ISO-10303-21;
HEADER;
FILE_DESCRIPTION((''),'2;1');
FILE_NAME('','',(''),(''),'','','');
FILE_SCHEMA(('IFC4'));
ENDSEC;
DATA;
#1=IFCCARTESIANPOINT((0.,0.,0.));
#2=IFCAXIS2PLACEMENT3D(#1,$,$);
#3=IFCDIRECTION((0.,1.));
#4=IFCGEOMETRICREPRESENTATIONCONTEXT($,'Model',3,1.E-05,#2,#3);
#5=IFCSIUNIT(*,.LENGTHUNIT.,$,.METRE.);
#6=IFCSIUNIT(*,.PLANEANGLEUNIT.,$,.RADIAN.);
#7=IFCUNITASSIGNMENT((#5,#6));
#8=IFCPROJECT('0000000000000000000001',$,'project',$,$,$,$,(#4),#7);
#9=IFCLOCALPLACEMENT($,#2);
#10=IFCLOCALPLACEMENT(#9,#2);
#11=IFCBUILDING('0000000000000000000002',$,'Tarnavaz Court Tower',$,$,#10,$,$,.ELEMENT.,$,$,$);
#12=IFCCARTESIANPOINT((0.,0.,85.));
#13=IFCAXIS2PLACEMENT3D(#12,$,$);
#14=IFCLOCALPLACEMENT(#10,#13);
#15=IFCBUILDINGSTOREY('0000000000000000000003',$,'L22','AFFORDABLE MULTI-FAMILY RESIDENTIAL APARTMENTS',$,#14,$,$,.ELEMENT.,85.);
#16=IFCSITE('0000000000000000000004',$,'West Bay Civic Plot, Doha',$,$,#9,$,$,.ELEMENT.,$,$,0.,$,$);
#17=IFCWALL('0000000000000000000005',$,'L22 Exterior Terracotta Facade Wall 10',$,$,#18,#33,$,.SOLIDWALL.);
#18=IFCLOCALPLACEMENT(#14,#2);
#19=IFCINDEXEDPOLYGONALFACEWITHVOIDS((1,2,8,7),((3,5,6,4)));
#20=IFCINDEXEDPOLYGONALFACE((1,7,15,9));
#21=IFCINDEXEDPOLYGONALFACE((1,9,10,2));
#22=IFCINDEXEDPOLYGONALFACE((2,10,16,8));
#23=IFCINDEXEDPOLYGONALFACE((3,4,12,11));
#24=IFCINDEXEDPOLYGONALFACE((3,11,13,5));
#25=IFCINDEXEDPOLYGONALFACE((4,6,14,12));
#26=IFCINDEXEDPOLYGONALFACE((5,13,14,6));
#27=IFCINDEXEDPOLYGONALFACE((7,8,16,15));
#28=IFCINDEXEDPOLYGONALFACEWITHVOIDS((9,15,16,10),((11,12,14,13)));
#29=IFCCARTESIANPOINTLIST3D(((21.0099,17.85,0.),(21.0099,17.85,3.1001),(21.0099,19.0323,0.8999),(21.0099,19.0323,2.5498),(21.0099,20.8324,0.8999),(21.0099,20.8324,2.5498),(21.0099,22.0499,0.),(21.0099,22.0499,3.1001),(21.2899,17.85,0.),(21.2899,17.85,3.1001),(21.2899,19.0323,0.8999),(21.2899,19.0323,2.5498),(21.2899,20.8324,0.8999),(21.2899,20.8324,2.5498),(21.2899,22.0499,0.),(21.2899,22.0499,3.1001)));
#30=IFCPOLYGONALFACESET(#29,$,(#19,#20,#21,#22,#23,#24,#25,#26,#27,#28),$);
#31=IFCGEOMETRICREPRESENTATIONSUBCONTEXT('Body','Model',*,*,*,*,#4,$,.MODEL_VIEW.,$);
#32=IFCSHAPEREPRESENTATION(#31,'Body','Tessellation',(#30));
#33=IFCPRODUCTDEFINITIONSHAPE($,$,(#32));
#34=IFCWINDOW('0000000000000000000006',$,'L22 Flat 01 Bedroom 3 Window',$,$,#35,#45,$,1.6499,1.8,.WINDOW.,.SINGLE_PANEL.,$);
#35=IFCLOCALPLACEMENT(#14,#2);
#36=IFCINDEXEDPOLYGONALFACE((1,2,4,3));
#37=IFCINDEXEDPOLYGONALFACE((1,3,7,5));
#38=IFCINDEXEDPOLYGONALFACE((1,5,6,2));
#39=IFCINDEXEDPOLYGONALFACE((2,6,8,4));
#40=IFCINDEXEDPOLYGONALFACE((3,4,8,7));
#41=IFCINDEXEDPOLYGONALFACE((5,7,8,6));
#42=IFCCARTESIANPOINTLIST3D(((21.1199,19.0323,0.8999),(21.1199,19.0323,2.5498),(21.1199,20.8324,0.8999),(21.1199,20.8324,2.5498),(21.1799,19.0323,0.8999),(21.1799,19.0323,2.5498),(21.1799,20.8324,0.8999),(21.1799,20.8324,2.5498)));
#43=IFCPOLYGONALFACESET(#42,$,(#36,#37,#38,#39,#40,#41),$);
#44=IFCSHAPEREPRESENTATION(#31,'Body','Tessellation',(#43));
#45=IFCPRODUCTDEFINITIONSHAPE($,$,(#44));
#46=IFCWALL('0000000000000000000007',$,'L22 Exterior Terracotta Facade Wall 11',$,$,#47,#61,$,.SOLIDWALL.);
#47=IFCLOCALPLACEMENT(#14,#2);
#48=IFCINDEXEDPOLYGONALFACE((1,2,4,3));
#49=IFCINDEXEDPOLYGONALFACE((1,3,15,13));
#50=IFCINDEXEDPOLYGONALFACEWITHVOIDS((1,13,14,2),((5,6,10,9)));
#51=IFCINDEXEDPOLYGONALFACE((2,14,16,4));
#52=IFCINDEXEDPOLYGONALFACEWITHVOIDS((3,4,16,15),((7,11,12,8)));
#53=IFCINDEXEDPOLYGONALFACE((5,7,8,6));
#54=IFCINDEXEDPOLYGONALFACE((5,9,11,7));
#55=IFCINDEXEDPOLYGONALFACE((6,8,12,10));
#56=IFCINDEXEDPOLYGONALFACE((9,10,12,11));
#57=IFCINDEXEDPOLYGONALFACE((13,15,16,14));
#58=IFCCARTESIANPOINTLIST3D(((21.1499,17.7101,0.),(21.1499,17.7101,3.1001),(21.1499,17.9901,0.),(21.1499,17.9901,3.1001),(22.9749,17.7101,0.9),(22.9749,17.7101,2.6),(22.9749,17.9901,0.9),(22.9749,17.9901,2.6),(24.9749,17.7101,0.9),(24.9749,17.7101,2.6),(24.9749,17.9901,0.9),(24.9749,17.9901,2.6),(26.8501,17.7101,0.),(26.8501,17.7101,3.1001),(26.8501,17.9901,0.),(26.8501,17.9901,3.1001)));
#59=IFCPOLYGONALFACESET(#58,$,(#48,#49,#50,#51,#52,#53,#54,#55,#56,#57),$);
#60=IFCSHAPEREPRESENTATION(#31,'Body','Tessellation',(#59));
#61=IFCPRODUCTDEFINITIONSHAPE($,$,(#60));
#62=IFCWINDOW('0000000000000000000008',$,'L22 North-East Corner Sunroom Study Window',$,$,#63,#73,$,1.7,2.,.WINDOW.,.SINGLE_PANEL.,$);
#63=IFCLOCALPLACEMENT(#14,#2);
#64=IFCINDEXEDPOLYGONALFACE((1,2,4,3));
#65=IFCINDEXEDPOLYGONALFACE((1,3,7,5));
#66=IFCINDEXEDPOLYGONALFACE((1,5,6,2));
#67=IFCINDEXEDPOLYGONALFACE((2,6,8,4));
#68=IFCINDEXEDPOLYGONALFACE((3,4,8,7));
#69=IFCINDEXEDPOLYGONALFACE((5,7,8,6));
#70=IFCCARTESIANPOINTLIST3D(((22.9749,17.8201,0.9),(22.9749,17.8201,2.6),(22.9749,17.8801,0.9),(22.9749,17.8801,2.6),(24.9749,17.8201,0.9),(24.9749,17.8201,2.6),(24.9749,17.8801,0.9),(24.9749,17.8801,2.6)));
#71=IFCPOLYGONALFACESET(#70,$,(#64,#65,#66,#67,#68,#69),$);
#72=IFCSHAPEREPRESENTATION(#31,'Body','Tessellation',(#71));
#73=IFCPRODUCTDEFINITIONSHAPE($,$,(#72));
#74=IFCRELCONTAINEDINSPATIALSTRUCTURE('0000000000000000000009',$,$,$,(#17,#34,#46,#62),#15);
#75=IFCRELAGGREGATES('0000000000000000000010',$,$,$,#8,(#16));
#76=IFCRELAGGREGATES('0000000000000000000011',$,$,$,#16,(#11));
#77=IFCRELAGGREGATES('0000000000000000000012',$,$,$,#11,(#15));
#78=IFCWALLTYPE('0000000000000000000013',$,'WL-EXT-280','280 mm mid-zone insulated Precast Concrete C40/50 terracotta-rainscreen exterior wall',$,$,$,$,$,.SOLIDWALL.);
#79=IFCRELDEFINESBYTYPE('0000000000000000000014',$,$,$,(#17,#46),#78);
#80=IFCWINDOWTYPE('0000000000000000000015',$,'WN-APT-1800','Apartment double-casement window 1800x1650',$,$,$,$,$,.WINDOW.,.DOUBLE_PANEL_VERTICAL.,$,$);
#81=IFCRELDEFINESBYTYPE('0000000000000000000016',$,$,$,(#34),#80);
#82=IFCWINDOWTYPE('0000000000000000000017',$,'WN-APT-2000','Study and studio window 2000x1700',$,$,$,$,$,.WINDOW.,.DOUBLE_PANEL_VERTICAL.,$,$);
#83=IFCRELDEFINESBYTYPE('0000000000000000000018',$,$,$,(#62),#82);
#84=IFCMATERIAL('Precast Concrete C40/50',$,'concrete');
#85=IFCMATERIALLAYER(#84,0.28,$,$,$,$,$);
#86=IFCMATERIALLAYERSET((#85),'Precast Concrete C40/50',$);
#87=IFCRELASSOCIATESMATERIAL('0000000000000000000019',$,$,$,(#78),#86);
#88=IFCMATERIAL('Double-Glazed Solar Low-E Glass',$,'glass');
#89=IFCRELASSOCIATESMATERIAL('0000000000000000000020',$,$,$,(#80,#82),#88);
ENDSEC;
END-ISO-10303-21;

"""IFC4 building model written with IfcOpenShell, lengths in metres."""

from ifc_helpers import new_model, si_unit, direction, frame, frame_2d, origin, place, context, subcontext, project, spatial, rectangle, extrude, material, layer, layer_set, type_object, element, fill, save


model = new_model("IFC4")

# Units and contexts
model_context = context("Model", 3, precision=1e-05, world=origin(), true_north=direction((0.0, 1.0)))
body_context = subcontext(model_context, "Body", "Model", "MODEL_VIEW")
ifc_project = project(units=[si_unit("LENGTHUNIT", "METRE"), si_unit("PLANEANGLEUNIT", "RADIAN")], contexts=[model_context])

# Site, building, storey
site_placement = place(None, origin())
site = spatial("IfcSite", under=ifc_project, at=site_placement, Name="West Bay Civic Plot, Doha", CompositionType="ELEMENT", RefElevation=0.0)
building_placement = place(site_placement, origin())
building = spatial("IfcBuilding", under=site, at=building_placement, Name="Tarnavaz Court Tower", CompositionType="ELEMENT")
storey_placement = place(building_placement, frame((0.0, 0.0, 85.0)))
storey = spatial("IfcBuildingStorey", under=building, at=storey_placement, Name="L22", Description="AFFORDABLE MULTI-FAMILY RESIDENTIAL APARTMENTS", CompositionType="ELEMENT", Elevation=85.0)

# Walls, openings, windows
ifc_material_1 = material(Name="Precast Concrete C40/50", Category="concrete")
ifc_layer_1 = layer(ifc_material_1, 0.28)
ifc_layer_set_1 = layer_set([ifc_layer_1], Name="Precast Concrete C40/50")
wall_type_1 = type_object("IfcWallType", Name="WL-EXT-280", Description="280 mm mid-zone insulated Precast Concrete C40/50 terracotta-rainscreen exterior wall", PredefinedType="SOLIDWALL", material=ifc_layer_set_1)
wall_1_placement = place(storey_placement, frame((21.1499, 22.05, 0.0), z_axis=(0.0, 0.0, 1.0), x_axis=(0.0, -1.0, 0.0)))
wall_1 = element("IfcWall", 1, at=wall_1_placement, inside=storey, type_object=wall_type_1, Name="L22 Exterior Terracotta Facade Wall 10", PredefinedType="SOLIDWALL", context=body_context, shape_type="SweptSolid", body=[
    extrude(rectangle(XDim=4.2, YDim=0.28, at=frame_2d((2.1001, 0.0))), origin(), (0.0, 0.0, 1.0), 3.1001),
])
opening_1_placement = place(wall_1_placement, frame((1.2178, 0.0, 0.8999)))
opening_1 = element("IfcOpeningElement", 2, at=opening_1_placement, cuts=wall_1, PredefinedType="OPENING", context=body_context, shape_type="SweptSolid", body=[
    extrude(rectangle(XDim=1.8, YDim=1.6499, at=frame_2d((0.8999, 0.825))), frame((0.0, 0.1499, 0.0), z_axis=(0.0, -1.0, 0.0), x_axis=(1.0, 0.0, 0.0)), (0.0, 0.0, 1.0), 0.3),
])
ifc_material_2 = material(Name="Double-Glazed Solar Low-E Glass", Category="glass")
window_type_1 = type_object("IfcWindowType", Name="WN-APT-1800", Description="Apartment double-casement window 1800x1650", PartitioningType="DOUBLE_PANEL_VERTICAL", PredefinedType="WINDOW", material=ifc_material_2)
window_1_placement = place(opening_1_placement, origin())
window_1 = element("IfcWindow", 3, at=window_1_placement, inside=storey, type_object=window_type_1, Name="L22 Flat 01 Bedroom 3 Window", OverallHeight=1.6499, OverallWidth=1.8, PartitioningType="SINGLE_PANEL", PredefinedType="WINDOW", context=body_context, shape_type="SweptSolid", body=[
    extrude(rectangle(XDim=1.8, YDim=1.6499, at=frame_2d((0.8999, 0.825))), frame((0.0, 0.03, 0.0), z_axis=(0.0, -1.0, 0.0), x_axis=(1.0, 0.0, 0.0)), (0.0, 0.0, 1.0), 0.0601),
])
fill(opening_1, window_1)
wall_2_placement = place(storey_placement, frame((21.1499, 17.8501, 0.0), z_axis=(0.0, 0.0, 1.0), x_axis=(1.0, 0.0, 0.0)))
wall_2 = element("IfcWall", 4, at=wall_2_placement, inside=storey, type_object=wall_type_1, Name="L22 Exterior Terracotta Facade Wall 11", PredefinedType="SOLIDWALL", context=body_context, shape_type="SweptSolid", body=[
    extrude(rectangle(XDim=5.7002, YDim=0.28, at=frame_2d((2.8501, 0.0))), origin(), (0.0, 0.0, 1.0), 3.1001),
])
opening_2_placement = place(wall_2_placement, frame((1.825, 0.0, 0.8999)))
opening_2 = element("IfcOpeningElement", 5, at=opening_2_placement, cuts=wall_2, PredefinedType="OPENING", context=body_context, shape_type="SweptSolid", body=[
    extrude(rectangle(XDim=2.0, YDim=1.7, at=frame_2d((1.0, 0.8501))), frame((0.0, 0.1499, 0.0), z_axis=(0.0, -1.0, 0.0), x_axis=(1.0, 0.0, 0.0)), (0.0, 0.0, 1.0), 0.3),
])
window_type_2 = type_object("IfcWindowType", Name="WN-APT-2000", Description="Study and studio window 2000x1700", PartitioningType="DOUBLE_PANEL_VERTICAL", PredefinedType="WINDOW", material=ifc_material_2)
window_2_placement = place(opening_2_placement, origin())
window_2 = element("IfcWindow", 6, at=window_2_placement, inside=storey, type_object=window_type_2, Name="L22 North-East Corner Sunroom Study Window", OverallHeight=1.7, OverallWidth=2.0, PartitioningType="SINGLE_PANEL", PredefinedType="WINDOW", context=body_context, shape_type="SweptSolid", body=[
    extrude(rectangle(XDim=2.0, YDim=1.7, at=frame_2d((1.0, 0.8501))), frame((0.0, 0.03, 0.0), z_axis=(0.0, -1.0, 0.0), x_axis=(1.0, 0.0, 0.0)), (0.0, 0.0, 1.0), 0.0601),
])
fill(opening_2, window_2)

save(model, "model.ifc")
